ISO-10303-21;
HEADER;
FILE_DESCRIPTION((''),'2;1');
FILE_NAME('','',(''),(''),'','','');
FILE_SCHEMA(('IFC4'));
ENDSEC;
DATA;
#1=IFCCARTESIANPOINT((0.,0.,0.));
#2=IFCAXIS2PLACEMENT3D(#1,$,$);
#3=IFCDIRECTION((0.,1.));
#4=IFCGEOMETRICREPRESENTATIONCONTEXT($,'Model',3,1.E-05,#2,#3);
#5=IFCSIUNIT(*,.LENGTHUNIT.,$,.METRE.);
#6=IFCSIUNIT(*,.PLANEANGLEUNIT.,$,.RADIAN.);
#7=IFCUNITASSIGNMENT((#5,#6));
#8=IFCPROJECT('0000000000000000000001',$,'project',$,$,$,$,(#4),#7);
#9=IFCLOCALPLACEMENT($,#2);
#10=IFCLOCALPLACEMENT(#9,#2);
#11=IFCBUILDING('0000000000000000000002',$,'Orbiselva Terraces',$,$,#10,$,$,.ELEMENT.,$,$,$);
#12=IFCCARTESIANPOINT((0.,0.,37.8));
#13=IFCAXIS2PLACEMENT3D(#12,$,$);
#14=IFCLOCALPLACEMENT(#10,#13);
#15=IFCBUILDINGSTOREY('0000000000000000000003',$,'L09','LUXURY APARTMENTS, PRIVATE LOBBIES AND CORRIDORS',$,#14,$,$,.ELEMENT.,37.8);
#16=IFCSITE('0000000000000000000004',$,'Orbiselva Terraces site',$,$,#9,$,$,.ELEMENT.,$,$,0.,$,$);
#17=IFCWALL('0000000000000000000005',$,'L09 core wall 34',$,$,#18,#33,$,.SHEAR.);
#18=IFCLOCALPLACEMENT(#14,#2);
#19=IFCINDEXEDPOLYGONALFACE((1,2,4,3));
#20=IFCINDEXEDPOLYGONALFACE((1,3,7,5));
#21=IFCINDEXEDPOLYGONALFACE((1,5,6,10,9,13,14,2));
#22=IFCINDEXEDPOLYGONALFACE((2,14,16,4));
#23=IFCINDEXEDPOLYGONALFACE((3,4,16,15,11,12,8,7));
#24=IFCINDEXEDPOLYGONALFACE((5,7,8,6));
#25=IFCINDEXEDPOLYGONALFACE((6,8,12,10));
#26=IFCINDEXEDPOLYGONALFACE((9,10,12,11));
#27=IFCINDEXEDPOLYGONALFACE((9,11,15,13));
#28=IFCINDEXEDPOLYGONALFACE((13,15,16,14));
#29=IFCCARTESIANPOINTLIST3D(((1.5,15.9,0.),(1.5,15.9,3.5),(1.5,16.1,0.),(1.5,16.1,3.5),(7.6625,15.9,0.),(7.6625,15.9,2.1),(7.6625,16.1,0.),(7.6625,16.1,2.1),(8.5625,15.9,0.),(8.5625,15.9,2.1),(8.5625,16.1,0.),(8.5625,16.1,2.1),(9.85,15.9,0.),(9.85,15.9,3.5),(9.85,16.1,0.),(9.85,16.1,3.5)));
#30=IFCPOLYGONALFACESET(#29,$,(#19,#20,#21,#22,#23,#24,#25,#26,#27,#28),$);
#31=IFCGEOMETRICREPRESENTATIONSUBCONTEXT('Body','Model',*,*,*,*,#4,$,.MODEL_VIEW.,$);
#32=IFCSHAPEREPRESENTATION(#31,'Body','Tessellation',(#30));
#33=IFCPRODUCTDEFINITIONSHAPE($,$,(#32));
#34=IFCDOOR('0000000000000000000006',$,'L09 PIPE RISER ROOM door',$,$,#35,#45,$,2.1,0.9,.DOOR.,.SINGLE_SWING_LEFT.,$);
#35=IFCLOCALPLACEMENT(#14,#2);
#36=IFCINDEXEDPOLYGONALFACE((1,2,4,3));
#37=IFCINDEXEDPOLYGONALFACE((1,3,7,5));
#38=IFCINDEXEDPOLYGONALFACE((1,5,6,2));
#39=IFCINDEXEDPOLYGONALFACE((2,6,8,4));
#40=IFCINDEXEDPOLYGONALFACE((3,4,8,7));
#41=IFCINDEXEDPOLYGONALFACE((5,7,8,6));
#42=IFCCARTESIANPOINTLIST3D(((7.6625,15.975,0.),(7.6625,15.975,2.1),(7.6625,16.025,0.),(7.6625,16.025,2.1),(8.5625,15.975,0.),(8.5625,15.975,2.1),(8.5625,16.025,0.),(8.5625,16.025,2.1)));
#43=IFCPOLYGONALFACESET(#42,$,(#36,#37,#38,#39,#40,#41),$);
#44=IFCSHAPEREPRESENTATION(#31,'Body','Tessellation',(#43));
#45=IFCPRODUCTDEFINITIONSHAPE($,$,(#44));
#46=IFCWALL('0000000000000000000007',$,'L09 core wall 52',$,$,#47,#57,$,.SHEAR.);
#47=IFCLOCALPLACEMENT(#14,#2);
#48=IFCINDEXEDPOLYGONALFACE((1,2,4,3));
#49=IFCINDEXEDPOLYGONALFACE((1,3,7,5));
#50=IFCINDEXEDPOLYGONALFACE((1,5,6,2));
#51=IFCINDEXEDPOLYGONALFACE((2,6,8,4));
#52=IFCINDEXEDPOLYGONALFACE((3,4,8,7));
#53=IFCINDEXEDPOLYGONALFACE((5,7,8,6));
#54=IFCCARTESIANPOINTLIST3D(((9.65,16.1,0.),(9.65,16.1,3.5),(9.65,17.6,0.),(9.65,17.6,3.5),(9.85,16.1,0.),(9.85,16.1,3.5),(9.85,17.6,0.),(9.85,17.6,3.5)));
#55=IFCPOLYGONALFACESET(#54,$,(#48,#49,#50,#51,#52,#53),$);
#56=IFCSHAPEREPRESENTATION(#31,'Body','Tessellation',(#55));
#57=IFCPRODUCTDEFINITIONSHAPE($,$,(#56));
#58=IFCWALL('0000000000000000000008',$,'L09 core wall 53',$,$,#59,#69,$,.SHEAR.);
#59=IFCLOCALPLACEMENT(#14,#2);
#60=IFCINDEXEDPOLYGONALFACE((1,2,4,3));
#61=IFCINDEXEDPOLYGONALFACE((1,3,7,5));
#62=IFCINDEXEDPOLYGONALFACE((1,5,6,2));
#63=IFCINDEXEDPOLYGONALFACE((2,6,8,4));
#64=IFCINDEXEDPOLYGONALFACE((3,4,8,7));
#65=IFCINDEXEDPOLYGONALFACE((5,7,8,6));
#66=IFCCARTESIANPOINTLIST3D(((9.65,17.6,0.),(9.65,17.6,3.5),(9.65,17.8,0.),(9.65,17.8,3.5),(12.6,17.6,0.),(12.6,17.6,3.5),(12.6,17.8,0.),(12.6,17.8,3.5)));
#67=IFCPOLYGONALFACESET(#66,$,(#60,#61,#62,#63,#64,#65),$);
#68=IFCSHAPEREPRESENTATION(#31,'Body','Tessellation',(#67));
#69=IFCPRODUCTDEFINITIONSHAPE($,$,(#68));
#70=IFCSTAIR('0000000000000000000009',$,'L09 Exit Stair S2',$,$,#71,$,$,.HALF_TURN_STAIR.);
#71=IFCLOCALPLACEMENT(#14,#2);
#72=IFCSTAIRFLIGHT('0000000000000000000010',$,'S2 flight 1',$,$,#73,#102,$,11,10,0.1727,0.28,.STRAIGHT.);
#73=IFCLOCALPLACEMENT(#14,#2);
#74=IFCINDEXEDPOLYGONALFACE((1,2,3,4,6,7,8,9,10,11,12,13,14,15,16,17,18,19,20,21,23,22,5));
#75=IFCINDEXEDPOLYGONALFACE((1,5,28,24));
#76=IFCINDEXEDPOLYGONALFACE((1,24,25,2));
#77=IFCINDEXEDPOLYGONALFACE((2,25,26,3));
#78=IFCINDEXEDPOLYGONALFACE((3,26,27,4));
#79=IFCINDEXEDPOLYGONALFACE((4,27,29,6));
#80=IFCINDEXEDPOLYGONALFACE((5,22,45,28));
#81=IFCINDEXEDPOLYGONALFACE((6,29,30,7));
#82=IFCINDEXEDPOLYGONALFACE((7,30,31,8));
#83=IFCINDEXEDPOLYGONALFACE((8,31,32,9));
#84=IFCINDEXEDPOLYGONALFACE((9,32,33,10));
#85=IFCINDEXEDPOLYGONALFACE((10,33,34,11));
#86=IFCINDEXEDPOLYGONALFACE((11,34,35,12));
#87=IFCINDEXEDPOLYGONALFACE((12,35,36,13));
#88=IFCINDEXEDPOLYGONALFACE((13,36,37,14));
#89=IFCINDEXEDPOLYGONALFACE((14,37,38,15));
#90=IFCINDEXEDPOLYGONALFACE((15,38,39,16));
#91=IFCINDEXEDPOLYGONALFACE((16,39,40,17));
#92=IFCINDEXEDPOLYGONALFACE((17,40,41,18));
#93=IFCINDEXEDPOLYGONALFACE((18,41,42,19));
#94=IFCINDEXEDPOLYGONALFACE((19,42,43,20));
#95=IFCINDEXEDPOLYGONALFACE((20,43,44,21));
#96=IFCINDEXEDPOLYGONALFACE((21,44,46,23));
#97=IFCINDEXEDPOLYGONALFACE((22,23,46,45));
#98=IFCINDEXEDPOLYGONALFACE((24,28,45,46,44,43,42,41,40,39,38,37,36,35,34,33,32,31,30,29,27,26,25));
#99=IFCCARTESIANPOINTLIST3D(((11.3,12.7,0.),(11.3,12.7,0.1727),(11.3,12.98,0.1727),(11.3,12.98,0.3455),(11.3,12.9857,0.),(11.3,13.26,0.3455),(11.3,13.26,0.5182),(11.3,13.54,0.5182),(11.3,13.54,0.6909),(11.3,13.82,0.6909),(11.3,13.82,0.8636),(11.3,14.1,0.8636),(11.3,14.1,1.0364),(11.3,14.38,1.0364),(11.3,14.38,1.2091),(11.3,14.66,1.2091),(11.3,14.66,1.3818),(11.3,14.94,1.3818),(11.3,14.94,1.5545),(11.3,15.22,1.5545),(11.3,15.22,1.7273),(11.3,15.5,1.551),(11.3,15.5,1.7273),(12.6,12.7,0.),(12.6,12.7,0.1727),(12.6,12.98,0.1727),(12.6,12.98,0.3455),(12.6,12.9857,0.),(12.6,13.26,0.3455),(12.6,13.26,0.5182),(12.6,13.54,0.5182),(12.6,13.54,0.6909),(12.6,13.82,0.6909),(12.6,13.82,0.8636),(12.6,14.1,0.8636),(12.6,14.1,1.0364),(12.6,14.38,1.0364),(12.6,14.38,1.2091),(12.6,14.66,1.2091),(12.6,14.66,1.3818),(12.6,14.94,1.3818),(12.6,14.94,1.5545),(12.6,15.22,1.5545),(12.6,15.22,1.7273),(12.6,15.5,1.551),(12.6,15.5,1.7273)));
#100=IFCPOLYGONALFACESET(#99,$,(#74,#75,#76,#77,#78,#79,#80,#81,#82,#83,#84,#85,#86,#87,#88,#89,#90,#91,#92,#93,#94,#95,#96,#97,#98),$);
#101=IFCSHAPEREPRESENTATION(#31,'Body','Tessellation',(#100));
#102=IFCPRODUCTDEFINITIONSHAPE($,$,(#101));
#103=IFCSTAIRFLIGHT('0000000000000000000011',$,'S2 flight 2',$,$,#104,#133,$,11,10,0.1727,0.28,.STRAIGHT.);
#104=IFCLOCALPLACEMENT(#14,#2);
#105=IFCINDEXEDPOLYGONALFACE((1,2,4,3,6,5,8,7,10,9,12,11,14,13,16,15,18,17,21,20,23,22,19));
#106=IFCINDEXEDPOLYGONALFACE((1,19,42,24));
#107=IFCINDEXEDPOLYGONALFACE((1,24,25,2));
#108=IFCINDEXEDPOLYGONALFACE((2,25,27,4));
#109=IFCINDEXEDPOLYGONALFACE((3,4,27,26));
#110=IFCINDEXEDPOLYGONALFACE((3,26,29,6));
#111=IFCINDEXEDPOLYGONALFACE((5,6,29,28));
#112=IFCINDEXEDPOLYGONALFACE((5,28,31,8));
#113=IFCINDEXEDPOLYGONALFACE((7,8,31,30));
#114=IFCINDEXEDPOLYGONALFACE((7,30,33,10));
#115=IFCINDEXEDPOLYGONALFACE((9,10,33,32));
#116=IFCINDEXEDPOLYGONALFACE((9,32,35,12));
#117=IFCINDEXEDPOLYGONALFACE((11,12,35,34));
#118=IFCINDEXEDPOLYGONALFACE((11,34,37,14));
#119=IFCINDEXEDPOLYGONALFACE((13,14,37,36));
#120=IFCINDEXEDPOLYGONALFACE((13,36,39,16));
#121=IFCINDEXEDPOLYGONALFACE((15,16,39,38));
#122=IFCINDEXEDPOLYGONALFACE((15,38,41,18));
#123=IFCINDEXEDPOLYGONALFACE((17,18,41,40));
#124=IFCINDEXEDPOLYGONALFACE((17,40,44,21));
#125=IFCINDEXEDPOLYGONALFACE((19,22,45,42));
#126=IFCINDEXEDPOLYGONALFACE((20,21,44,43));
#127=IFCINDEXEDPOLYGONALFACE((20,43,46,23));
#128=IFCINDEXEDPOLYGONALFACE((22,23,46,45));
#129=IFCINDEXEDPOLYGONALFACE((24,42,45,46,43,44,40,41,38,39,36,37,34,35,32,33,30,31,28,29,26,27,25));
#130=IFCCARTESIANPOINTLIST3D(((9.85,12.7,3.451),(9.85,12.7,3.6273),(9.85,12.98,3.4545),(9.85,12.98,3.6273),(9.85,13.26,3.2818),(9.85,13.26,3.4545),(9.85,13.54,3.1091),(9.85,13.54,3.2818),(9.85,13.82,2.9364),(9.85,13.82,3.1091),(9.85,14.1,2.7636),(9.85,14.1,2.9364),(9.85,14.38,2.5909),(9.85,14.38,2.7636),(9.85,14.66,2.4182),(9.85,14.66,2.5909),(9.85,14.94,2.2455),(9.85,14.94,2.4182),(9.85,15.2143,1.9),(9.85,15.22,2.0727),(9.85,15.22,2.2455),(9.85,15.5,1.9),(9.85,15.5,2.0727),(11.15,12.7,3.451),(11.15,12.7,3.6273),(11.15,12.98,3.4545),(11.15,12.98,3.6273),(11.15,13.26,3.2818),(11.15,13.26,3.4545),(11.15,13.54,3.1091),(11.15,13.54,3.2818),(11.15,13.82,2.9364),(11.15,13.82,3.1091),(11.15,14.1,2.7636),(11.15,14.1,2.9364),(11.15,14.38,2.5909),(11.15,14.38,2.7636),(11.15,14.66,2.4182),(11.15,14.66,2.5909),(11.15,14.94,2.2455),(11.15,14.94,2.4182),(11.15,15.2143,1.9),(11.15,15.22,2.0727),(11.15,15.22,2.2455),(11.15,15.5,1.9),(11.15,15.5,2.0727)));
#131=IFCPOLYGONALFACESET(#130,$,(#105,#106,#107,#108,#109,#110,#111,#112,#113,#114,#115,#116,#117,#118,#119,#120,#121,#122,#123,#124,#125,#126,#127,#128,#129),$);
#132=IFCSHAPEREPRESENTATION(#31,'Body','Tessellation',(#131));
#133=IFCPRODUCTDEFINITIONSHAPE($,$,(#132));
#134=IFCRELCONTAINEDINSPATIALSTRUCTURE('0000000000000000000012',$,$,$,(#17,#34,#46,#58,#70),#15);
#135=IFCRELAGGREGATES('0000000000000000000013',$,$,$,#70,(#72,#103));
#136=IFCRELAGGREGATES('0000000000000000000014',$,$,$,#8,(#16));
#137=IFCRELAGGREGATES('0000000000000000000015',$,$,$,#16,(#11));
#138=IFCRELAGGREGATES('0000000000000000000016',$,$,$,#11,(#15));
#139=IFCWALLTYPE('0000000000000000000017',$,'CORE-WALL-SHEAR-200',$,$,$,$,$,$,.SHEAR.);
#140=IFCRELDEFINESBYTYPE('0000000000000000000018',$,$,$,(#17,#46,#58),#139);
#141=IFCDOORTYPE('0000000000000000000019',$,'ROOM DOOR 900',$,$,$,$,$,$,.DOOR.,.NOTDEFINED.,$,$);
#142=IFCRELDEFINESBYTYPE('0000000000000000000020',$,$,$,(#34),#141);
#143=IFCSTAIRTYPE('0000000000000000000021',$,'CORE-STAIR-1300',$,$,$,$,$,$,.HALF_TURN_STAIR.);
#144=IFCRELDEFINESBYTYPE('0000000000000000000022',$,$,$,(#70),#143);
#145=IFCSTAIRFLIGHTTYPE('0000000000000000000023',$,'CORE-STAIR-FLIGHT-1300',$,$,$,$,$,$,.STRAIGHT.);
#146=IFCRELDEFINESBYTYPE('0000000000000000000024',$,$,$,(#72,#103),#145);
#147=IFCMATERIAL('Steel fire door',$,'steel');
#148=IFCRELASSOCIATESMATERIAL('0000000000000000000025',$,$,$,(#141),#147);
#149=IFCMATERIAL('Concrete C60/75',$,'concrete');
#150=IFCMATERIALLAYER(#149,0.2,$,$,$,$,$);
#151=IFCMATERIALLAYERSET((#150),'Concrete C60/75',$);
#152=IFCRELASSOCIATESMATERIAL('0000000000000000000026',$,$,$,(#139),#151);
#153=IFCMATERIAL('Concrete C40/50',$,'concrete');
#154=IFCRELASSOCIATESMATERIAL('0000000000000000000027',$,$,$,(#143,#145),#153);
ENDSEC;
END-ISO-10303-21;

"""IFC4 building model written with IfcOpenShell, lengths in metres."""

from ifc_helpers import new_model, si_unit, direction, frame, frame_2d, origin, place, context, subcontext, project, spatial, polyline, rectangle, outline, extrude, material, layer, layer_set, type_object, element, fill, aggregate, save


model = new_model("IFC4")

# Units and contexts
model_context = context("Model", 3, precision=1e-05, world=origin(), true_north=direction((0.0, 1.0)))
body_context = subcontext(model_context, "Body", "Model", "MODEL_VIEW")
ifc_project = project(units=[si_unit("LENGTHUNIT", "METRE"), si_unit("PLANEANGLEUNIT", "RADIAN")], contexts=[model_context])

# Site, building, storey
site_placement = place(None, origin())
site = spatial("IfcSite", under=ifc_project, at=site_placement, Name="Orbiselva Terraces site", CompositionType="ELEMENT", RefElevation=0.0)
building_placement = place(site_placement, origin())
building = spatial("IfcBuilding", under=site, at=building_placement, Name="Orbiselva Terraces", CompositionType="ELEMENT")
storey_placement = place(building_placement, frame((0.0, 0.0, 37.8)))
storey = spatial("IfcBuildingStorey", under=building, at=storey_placement, Name="L09", Description="LUXURY APARTMENTS, PRIVATE LOBBIES AND CORRIDORS", CompositionType="ELEMENT", Elevation=37.8)

# Shared definitions
ifc_material_1 = material(Name="Steel fire door", Category="steel")
door_type = type_object("IfcDoorType", Name="ROOM DOOR 900", OperationType="NOTDEFINED", PredefinedType="DOOR", material=ifc_material_1)

# Shared definitions
ifc_material_2 = material(Name="Concrete C40/50", Category="concrete")

# Shared definitions
ifc_material_3 = material(Name="Concrete C60/75", Category="concrete")
ifc_layer_1 = layer(ifc_material_3, 0.2)
ifc_layer_set_1 = layer_set([ifc_layer_1], Name="Concrete C60/75")
wall_type_1 = type_object("IfcWallType", Name="CORE-WALL-SHEAR-200", PredefinedType="SHEAR", material=ifc_layer_set_1)

# Wall, opening, door
wall_1_placement = place(storey_placement, frame((9.85, 16.0, 0.0), z_axis=(0.0, 0.0, 1.0), x_axis=(-1.0, 0.0, 0.0)))
wall_1 = element("IfcWall", 1, at=wall_1_placement, inside=storey, type_object=wall_type_1, Name="L09 core wall 34", PredefinedType="SHEAR", context=body_context, shape_type="SweptSolid", body=[
    extrude(rectangle(XDim=8.35, YDim=0.2, at=frame_2d((4.175, 0.0))), origin(), (0.0, 0.0, 1.0), 3.5),
])
opening_1_placement = place(wall_1_placement, frame((1.2875, 0.0, 0.0)))
opening_1 = element("IfcOpeningElement", 2, at=opening_1_placement, cuts=wall_1, PredefinedType="OPENING", context=body_context, shape_type="SweptSolid", body=[
    extrude(rectangle(XDim=0.9, YDim=2.1, at=frame_2d((0.45, 1.05))), frame((0.0, 0.11, 0.0), z_axis=(0.0, -1.0, 0.0), x_axis=(1.0, 0.0, 0.0)), (0.0, 0.0, 1.0), 0.22),
])
door_1_placement = place(opening_1_placement, origin())
door_1 = element("IfcDoor", 3, at=door_1_placement, inside=storey, type_object=door_type, Name="L09 PIPE RISER ROOM door", OperationType="SINGLE_SWING_LEFT", OverallHeight=2.1, OverallWidth=0.9, PredefinedType="DOOR", context=body_context, shape_type="SweptSolid", body=[
    extrude(rectangle(XDim=0.9, YDim=2.1, at=frame_2d((0.45, 1.05))), frame((0.0, 0.025, 0.0), z_axis=(0.0, -1.0, 0.0), x_axis=(1.0, 0.0, 0.0)), (0.0, 0.0, 1.0), 0.05),
])
fill(opening_1, door_1)

# Walls
wall_2_placement = place(storey_placement, frame((9.75, 16.1, 0.0), z_axis=(0.0, 0.0, 1.0), x_axis=(0.0, 1.0, 0.0)))
element("IfcWall", 4, at=wall_2_placement, inside=storey, type_object=wall_type_1, Name="L09 core wall 52", PredefinedType="SHEAR", context=body_context, shape_type="SweptSolid", body=[
    extrude(rectangle(XDim=1.5, YDim=0.2, at=frame_2d((0.75, 0.0))), origin(), (0.0, 0.0, 1.0), 3.5),
])
wall_3_placement = place(storey_placement, frame((9.65, 17.7, 0.0), z_axis=(0.0, 0.0, 1.0), x_axis=(1.0, 0.0, 0.0)))
element("IfcWall", 5, at=wall_3_placement, inside=storey, type_object=wall_type_1, Name="L09 core wall 53", PredefinedType="SHEAR", context=body_context, shape_type="SweptSolid", body=[
    extrude(rectangle(XDim=2.95, YDim=0.2, at=frame_2d((1.475, 0.0))), origin(), (0.0, 0.0, 1.0), 3.5),
])

# Stair, stair flights
stair_type = type_object("IfcStairType", Name="CORE-STAIR-1300", PredefinedType="HALF_TURN_STAIR", material=ifc_material_2)
stair_placement = place(storey_placement, origin())
stair = element("IfcStair", 6, at=stair_placement, inside=storey, type_object=stair_type, Name="L09 Exit Stair S2", PredefinedType="HALF_TURN_STAIR")
stair_flight_type = type_object("IfcStairFlightType", Name="CORE-STAIR-FLIGHT-1300", PredefinedType="STRAIGHT", material=ifc_material_2)
stair_flight_1_placement = place(storey_placement, frame((11.95, 12.7, 0.0), z_axis=(0.0, 0.0, 1.0), x_axis=(0.0, 1.0, 0.0)))
stair_flight_1 = element("IfcStairFlight", 7, at=stair_flight_1_placement, type_object=stair_flight_type, Name="S2 flight 1", NumberOfRisers=11, NumberOfTreads=10, PredefinedType="STRAIGHT", RiserHeight=0.1727, TreadLength=0.28, context=body_context, shape_type="SweptSolid", body=[
    extrude(outline(polyline([(0.0, 0.0), (0.0, 0.1727), (0.28, 0.1727), (0.28, 0.3455), (0.56, 0.3455), (0.56, 0.5182), (0.84, 0.5182), (0.84, 0.6909), (1.12, 0.6909), (1.12, 0.8636), (1.4, 0.8636), (1.4, 1.0364), (1.68, 1.0364), (1.68, 1.2091), (1.96, 1.2091), (1.96, 1.3818), (2.24, 1.3818), (2.24, 1.5545), (2.52, 1.5545), (2.52, 1.7273), (2.8, 1.7273), (2.8, 1.9), (2.8, 1.551), (0.2857, 0.0), (0.0, 0.0)])), frame((0.0, 0.65, 0.0), z_axis=(0.0, -1.0, 0.0), x_axis=(1.0, 0.0, 0.0)), (0.0, 0.0, 1.0), 1.3),
])
stair_flight_2_placement = place(storey_placement, frame((10.5, 15.5, 1.9), z_axis=(0.0, 0.0, 1.0), x_axis=(0.0, -1.0, 0.0)))
stair_flight_2 = element("IfcStairFlight", 8, at=stair_flight_2_placement, type_object=stair_flight_type, Name="S2 flight 2", NumberOfRisers=11, NumberOfTreads=10, PredefinedType="STRAIGHT", RiserHeight=0.1727, TreadLength=0.28, context=body_context, shape_type="SweptSolid", body=[
    extrude(outline(polyline([(0.0, 0.0), (0.0, 0.1727), (0.28, 0.1727), (0.28, 0.3455), (0.56, 0.3455), (0.56, 0.5182), (0.84, 0.5182), (0.84, 0.6909), (1.12, 0.6909), (1.12, 0.8636), (1.4, 0.8636), (1.4, 1.0364), (1.68, 1.0364), (1.68, 1.2091), (1.96, 1.2091), (1.96, 1.3818), (2.24, 1.3818), (2.24, 1.5545), (2.52, 1.5545), (2.52, 1.7273), (2.8, 1.7273), (2.8, 1.9), (2.8, 1.551), (0.2857, 0.0), (0.0, 0.0)])), frame((0.0, 0.65, 0.0), z_axis=(0.0, -1.0, 0.0), x_axis=(1.0, 0.0, 0.0)), (0.0, 0.0, 1.0), 1.3),
])
aggregate(stair, [stair_flight_1, stair_flight_2])

save(model, "model.ifc")
